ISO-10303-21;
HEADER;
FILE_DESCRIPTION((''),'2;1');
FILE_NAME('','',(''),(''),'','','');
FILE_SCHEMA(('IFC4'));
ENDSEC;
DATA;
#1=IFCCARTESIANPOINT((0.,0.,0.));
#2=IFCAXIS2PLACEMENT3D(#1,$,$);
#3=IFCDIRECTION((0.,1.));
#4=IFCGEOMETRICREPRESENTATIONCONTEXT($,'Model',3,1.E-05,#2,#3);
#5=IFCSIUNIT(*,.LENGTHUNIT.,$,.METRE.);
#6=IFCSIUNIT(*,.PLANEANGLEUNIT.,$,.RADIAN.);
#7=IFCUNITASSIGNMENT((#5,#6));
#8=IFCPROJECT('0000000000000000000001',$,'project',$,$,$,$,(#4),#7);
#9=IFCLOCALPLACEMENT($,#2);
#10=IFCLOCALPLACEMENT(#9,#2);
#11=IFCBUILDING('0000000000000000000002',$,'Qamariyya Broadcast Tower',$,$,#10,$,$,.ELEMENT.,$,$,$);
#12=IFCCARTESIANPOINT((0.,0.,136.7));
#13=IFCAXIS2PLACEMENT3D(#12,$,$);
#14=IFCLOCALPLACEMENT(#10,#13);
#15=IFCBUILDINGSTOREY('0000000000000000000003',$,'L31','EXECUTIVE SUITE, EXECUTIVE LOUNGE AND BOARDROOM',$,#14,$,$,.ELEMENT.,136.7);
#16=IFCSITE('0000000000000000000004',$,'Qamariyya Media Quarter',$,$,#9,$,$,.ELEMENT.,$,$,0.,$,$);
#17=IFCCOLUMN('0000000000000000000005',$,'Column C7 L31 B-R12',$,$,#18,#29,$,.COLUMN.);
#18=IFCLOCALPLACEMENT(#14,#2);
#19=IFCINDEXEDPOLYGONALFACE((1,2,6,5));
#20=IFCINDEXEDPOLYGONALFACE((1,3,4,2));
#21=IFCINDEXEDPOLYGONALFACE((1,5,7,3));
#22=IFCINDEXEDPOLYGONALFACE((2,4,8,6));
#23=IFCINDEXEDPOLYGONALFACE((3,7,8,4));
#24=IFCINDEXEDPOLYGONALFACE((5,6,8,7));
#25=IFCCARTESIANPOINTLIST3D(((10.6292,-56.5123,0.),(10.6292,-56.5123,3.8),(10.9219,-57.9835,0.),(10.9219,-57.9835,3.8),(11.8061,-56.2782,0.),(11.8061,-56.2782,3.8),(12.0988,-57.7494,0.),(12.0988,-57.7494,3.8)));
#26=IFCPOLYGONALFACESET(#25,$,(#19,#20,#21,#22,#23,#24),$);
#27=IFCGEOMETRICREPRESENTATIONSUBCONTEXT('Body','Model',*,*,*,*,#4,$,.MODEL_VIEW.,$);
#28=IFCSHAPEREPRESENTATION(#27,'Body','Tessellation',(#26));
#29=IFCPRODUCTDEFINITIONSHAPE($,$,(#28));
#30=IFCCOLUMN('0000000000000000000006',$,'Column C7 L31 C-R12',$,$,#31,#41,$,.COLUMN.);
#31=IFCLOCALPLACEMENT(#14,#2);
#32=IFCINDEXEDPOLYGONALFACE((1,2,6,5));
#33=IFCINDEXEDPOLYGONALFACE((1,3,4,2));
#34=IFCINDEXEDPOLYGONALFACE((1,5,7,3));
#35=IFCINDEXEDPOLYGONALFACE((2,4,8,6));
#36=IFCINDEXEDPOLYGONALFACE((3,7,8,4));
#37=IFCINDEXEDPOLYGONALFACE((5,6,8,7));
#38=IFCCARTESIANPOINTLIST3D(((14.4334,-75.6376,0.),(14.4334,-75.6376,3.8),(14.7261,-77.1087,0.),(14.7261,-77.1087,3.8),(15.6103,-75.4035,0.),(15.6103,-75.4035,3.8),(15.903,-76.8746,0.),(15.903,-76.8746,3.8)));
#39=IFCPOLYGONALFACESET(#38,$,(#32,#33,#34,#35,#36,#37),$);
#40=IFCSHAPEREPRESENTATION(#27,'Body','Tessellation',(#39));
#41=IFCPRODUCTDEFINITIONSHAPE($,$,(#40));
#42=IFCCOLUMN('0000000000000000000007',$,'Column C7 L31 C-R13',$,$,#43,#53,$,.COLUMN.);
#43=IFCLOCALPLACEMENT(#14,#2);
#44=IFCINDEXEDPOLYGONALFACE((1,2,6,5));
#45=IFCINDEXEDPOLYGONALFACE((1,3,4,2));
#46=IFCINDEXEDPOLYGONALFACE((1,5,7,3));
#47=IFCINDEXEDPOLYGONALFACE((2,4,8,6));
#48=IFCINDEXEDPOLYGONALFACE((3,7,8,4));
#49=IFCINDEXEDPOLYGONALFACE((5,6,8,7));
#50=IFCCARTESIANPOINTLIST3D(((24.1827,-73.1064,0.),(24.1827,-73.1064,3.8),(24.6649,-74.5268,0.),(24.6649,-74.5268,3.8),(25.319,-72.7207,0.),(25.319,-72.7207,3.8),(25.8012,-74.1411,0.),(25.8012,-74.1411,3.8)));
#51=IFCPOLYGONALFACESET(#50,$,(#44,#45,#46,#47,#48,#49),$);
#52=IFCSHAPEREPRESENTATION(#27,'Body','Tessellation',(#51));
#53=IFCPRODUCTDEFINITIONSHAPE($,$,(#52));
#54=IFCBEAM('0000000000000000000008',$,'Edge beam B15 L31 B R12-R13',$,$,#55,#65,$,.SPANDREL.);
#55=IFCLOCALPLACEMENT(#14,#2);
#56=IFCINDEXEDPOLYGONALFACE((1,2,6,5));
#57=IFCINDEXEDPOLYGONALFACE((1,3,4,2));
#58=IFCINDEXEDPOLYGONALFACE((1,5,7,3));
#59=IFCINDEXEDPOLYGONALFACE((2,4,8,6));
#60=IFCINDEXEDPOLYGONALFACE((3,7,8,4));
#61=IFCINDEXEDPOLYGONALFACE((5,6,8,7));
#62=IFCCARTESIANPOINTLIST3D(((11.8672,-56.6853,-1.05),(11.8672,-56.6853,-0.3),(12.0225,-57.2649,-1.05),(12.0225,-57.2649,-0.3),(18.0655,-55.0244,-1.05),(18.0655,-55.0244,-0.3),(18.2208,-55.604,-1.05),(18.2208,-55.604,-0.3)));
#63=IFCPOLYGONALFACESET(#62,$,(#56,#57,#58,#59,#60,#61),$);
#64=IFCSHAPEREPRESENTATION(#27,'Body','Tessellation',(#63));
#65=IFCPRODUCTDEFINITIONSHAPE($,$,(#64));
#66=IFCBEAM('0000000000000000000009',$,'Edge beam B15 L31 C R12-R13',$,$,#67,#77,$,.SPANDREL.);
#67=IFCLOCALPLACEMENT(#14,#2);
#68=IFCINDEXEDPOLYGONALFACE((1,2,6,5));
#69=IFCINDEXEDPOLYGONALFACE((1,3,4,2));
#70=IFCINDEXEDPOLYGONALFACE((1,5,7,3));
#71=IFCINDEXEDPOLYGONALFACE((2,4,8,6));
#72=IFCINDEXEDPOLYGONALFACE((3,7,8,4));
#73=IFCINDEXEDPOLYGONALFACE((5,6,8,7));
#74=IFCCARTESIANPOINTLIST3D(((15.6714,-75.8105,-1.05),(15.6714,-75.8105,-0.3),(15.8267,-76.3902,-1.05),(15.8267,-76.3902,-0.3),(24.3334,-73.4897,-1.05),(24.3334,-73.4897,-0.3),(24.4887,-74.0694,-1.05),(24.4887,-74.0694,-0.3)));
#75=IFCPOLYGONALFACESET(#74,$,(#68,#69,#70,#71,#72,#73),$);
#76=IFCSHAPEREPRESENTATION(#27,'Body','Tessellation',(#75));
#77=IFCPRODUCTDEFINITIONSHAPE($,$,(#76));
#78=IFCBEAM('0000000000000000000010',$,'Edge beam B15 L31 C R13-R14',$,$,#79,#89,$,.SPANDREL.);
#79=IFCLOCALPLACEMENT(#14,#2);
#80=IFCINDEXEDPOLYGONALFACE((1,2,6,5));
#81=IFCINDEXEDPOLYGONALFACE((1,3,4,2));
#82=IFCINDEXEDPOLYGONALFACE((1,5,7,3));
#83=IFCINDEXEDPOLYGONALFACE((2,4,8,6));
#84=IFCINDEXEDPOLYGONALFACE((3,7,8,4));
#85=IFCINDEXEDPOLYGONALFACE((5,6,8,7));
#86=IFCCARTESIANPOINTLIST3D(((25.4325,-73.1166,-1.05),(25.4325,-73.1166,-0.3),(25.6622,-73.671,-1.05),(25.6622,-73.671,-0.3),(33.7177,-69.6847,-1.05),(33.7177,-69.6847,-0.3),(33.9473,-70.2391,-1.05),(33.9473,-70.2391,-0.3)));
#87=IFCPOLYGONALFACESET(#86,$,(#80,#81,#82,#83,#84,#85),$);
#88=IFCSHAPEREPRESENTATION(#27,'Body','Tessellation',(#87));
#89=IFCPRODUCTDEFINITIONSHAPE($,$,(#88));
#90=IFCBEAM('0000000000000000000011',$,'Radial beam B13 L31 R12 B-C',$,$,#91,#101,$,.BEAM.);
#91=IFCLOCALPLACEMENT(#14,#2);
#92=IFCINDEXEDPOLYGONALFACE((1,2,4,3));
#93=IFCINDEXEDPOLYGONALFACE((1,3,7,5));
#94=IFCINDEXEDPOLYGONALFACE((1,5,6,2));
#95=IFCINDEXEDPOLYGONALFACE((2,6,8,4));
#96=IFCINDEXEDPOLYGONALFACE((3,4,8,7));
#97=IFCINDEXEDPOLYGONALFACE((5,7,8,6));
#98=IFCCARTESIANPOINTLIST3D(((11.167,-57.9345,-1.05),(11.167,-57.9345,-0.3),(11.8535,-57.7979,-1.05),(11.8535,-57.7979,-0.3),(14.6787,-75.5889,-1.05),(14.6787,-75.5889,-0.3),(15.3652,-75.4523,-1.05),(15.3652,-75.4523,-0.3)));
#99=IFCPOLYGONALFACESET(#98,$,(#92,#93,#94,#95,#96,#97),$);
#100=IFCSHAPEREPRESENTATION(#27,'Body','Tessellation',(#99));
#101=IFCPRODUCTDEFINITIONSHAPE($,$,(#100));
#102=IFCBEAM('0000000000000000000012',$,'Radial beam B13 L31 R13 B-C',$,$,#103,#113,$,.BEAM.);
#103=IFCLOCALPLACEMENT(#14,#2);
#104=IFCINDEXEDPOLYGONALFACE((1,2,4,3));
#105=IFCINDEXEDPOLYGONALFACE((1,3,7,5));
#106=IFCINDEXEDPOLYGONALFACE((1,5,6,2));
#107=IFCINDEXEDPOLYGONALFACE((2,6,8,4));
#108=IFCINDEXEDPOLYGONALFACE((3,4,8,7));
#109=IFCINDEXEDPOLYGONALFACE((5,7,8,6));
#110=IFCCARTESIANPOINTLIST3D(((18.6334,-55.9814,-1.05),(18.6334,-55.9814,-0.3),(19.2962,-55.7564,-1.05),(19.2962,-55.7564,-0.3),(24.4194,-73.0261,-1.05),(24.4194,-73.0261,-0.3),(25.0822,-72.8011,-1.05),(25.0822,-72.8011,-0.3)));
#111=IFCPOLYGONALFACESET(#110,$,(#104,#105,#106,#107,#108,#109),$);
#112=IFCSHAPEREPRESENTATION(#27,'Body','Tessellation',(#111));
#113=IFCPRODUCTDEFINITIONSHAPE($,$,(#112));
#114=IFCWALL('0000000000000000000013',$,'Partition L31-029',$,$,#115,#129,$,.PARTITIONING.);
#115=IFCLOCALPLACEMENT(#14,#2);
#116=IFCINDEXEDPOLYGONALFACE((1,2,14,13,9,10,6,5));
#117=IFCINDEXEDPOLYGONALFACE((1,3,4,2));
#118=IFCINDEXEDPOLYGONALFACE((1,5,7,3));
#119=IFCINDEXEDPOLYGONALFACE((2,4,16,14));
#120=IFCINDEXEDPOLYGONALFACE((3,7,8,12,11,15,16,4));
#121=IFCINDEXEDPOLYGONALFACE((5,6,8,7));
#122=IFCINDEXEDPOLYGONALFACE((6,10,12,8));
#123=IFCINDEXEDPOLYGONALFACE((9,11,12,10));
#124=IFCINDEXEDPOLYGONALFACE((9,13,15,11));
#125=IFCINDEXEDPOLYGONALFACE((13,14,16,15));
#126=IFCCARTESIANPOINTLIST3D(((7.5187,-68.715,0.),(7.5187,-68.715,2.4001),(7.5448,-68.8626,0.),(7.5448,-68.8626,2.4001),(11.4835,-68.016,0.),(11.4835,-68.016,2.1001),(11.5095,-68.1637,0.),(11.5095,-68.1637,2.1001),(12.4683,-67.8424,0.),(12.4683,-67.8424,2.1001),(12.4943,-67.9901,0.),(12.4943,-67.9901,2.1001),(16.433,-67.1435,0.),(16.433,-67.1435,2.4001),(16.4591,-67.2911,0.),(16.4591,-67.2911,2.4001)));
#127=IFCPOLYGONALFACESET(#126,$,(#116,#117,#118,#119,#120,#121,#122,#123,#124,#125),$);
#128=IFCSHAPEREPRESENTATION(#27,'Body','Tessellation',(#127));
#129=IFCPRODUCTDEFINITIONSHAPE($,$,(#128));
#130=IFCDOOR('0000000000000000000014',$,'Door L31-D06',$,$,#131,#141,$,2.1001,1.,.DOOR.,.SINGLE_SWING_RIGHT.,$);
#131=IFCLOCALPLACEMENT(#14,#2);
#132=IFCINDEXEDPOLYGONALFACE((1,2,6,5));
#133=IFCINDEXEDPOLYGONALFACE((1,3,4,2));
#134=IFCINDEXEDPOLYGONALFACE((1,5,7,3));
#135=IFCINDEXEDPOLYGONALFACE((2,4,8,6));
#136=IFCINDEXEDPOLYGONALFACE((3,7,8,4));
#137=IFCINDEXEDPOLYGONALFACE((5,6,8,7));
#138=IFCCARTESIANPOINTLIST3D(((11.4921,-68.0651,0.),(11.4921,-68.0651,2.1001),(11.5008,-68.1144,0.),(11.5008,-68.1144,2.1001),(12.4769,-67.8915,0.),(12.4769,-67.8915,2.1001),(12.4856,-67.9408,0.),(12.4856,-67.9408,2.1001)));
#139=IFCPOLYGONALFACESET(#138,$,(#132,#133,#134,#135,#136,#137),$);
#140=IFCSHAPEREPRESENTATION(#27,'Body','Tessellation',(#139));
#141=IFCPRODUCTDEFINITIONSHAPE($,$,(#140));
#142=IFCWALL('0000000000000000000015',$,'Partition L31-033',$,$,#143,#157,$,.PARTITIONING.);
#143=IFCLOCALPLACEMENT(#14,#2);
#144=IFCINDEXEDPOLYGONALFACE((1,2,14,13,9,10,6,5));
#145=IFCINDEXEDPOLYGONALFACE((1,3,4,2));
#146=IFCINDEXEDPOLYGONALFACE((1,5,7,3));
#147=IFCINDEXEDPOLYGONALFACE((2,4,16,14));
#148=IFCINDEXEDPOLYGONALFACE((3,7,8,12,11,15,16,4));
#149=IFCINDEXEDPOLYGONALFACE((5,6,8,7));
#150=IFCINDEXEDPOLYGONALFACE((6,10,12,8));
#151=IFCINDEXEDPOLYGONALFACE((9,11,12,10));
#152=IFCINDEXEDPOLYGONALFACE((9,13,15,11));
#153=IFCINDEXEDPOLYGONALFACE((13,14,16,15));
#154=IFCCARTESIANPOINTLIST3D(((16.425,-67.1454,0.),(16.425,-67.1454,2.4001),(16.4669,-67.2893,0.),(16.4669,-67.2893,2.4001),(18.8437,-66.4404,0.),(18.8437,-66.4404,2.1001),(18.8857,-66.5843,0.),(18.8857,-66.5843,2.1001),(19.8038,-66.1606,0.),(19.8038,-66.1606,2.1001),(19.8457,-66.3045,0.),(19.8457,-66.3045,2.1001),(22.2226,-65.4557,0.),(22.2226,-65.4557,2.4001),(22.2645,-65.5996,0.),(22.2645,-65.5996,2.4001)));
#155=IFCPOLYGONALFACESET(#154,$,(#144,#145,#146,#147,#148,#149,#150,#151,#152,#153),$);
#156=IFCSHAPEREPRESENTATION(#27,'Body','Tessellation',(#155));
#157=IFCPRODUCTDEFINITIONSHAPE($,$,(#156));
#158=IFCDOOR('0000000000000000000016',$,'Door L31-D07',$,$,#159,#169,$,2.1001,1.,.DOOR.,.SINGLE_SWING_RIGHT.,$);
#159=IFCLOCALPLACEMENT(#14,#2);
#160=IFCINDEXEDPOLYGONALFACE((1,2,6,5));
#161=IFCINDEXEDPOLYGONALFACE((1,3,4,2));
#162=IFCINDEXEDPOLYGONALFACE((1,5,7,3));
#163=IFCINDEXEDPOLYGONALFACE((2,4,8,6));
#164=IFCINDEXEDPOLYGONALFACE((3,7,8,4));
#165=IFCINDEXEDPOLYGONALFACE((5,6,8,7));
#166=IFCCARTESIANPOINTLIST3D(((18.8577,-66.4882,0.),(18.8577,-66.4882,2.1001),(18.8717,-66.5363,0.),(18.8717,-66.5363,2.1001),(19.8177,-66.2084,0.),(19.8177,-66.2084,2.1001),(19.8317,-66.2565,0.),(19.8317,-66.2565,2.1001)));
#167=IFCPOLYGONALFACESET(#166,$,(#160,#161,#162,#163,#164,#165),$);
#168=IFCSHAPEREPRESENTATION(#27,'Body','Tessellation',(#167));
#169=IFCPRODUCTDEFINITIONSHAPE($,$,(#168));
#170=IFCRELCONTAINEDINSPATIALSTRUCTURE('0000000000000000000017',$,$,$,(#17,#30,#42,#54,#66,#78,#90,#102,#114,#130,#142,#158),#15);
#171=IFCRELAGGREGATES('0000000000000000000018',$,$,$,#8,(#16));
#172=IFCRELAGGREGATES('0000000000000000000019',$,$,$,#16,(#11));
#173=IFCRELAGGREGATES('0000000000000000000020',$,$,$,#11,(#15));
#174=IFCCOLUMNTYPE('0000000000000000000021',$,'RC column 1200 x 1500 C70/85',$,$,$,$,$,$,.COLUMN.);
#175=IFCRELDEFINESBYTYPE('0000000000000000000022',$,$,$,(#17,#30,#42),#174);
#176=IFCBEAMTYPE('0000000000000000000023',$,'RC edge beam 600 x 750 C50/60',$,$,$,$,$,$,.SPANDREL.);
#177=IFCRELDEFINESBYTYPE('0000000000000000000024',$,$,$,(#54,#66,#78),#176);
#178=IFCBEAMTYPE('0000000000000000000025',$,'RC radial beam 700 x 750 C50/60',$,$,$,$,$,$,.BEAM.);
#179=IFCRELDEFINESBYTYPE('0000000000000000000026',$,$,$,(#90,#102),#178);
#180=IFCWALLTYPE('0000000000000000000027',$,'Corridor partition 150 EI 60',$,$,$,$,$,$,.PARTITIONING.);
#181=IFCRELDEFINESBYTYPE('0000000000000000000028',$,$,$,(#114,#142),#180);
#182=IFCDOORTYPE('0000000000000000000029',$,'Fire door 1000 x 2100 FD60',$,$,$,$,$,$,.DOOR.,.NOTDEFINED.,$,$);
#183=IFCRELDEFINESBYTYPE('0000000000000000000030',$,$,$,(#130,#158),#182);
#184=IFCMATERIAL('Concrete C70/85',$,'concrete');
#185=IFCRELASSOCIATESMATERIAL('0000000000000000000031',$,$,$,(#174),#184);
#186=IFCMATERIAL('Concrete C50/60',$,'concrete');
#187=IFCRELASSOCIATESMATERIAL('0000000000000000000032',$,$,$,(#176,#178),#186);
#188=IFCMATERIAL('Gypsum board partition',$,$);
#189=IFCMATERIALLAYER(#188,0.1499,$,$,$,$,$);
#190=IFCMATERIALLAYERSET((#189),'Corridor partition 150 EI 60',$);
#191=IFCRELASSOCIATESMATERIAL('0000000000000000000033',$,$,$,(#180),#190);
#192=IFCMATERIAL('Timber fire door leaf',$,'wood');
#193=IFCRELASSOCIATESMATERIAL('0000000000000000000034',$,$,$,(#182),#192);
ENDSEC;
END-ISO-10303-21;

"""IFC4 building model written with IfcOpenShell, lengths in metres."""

from ifc_helpers import new_model, si_unit, direction, frame, frame_2d, origin, origin_2d, place, context, subcontext, project, spatial, rectangle, extrude, material, layer, layer_set, material_profile, profile_set, type_object, element, fill, save


model = new_model("IFC4")

# Units and contexts
model_context = context("Model", 3, precision=1e-05, world=origin(), true_north=direction((0.0, 1.0)))
body_context = subcontext(model_context, "Body", "Model", "MODEL_VIEW")
ifc_project = project(units=[si_unit("LENGTHUNIT", "METRE"), si_unit("PLANEANGLEUNIT", "RADIAN")], contexts=[model_context])

# Site, building, storey
site_placement = place(None, origin())
site = spatial("IfcSite", under=ifc_project, at=site_placement, Name="Qamariyya Media Quarter", CompositionType="ELEMENT", RefElevation=0.0)
building_placement = place(site_placement, origin())
building = spatial("IfcBuilding", under=site, at=building_placement, Name="Qamariyya Broadcast Tower", CompositionType="ELEMENT")
storey_placement = place(building_placement, frame((0.0, 0.0, 136.7)))
storey = spatial("IfcBuildingStorey", under=building, at=storey_placement, Name="L31", Description="EXECUTIVE SUITE, EXECUTIVE LOUNGE AND BOARDROOM", CompositionType="ELEMENT", Elevation=136.7)

# Columns
ifc_material_1 = material(Name="Concrete C70/85", Category="concrete")
ifc_material_profile_1 = material_profile(ifc_material_1, rectangle(XDim=1.2, YDim=1.5, at=origin_2d()))
ifc_profile_set_1 = profile_set([ifc_material_profile_1], Name="Concrete C70/85")
column_type = type_object("IfcColumnType", Name="RC column 1200 x 1500 C70/85", PredefinedType="COLUMN", material=ifc_profile_set_1)
for number, where, z_axis, x_axis, name in (
    (1, (11.364, -57.1309, 0.0), (0.0, 0.0, 1.0), (0.980785, 0.19509, 0.0), "Column C7 L31 B-R12"),
    (2, (15.1682, -76.2561, 0.0), (0.0, 0.0, 1.0), (0.980785, 0.19509, 0.0), "Column C7 L31 C-R12"),
    (3, (24.9919, -73.6238, 0.0), (0.0, 0.0, 1.0), (0.94693, 0.321439, 0.0), "Column C7 L31 C-R13"),
):
    element("IfcColumn", number, at=place(storey_placement, frame(where, z_axis=z_axis, x_axis=x_axis)), inside=storey, type_object=column_type, Name=name, PredefinedType="COLUMN", context=body_context, shape_type="SweptSolid", body=[
        extrude(rectangle(XDim=1.2, YDim=1.5, at=origin_2d()), origin(), (0.0, 0.0, 1.0), 3.8),
    ])

# Beams
ifc_material_2 = material(Name="Concrete C50/60", Category="concrete")
ifc_material_profile_2 = material_profile(ifc_material_2, rectangle(XDim=0.6001, YDim=0.75, at=origin_2d()))
ifc_profile_set_2 = profile_set([ifc_material_profile_2], Name="Concrete C50/60")
beam_type_1 = type_object("IfcBeamType", Name="RC edge beam 600 x 750 C50/60", PredefinedType="SPANDREL", material=ifc_profile_set_2)
beam_1_placement = place(storey_placement, frame((11.9448, -56.9751, -0.675), z_axis=(0.965923, 0.25883, 0.0), x_axis=(-0.25883, 0.965923, 0.0)))
element("IfcBeam", 4, at=beam_1_placement, inside=storey, type_object=beam_type_1, Name="Edge beam B15 L31 B R12-R13", PredefinedType="SPANDREL", context=body_context, shape_type="SweptSolid", body=[
    extrude(rectangle(XDim=0.6001, YDim=0.75, at=origin_2d()), origin(), (0.0, 0.0, 1.0), 6.417),
])
beam_2_placement = place(storey_placement, frame((15.749, -76.1003, -0.675), z_axis=(0.965932, 0.258798, 0.0), x_axis=(-0.258798, 0.965932, 0.0)))
element("IfcBeam", 5, at=beam_2_placement, inside=storey, type_object=beam_type_1, Name="Edge beam B15 L31 C R12-R13", PredefinedType="SPANDREL", context=body_context, shape_type="SweptSolid", body=[
    extrude(rectangle(XDim=0.6001, YDim=0.75, at=origin_2d()), origin(), (0.0, 0.0, 1.0), 8.9675),
])
beam_3_placement = place(storey_placement, frame((25.5474, -73.3938, -0.675), z_axis=(0.923877, 0.382689, 0.0), x_axis=(-0.382689, 0.923877, 0.0)))
element("IfcBeam", 6, at=beam_3_placement, inside=storey, type_object=beam_type_1, Name="Edge beam B15 L31 C R13-R14", PredefinedType="SPANDREL", context=body_context, shape_type="SweptSolid", body=[
    extrude(rectangle(XDim=0.6001, YDim=0.75, at=origin_2d()), origin(), (0.0, 0.0, 1.0), 8.9678),
])
ifc_material_profile_3 = material_profile(ifc_material_2, rectangle(XDim=0.7, YDim=0.75, at=origin_2d()))
ifc_profile_set_3 = profile_set([ifc_material_profile_3], Name="Concrete C50/60")
beam_type_2 = type_object("IfcBeamType", Name="RC radial beam 700 x 750 C50/60", PredefinedType="BEAM", material=ifc_profile_set_3)
beam_4_placement = place(storey_placement, frame((11.5103, -57.8662, -0.675), z_axis=(0.195094, -0.980785, 0.0), x_axis=(0.980785, 0.195094, 0.0)))
element("IfcBeam", 7, at=beam_4_placement, inside=storey, type_object=beam_type_2, Name="Radial beam B13 L31 R12 B-C", PredefinedType="BEAM", context=body_context, shape_type="SweptSolid", body=[
    extrude(rectangle(XDim=0.7, YDim=0.75, at=origin_2d()), origin(), (0.0, 0.0, 1.0), 18.0002),
])
beam_5_placement = place(storey_placement, frame((18.9648, -55.8689, -0.675), z_axis=(0.321439, -0.94693, 0.0), x_axis=(0.94693, 0.321439, 0.0)))
element("IfcBeam", 8, at=beam_5_placement, inside=storey, type_object=beam_type_2, Name="Radial beam B13 L31 R13 B-C", PredefinedType="BEAM", context=body_context, shape_type="SweptSolid", body=[
    extrude(rectangle(XDim=0.7, YDim=0.75, at=origin_2d()), origin(), (0.0, 0.0, 1.0), 18.0),
])

# Walls, openings, doors
ifc_material_3 = material(Name="Gypsum board partition")
ifc_layer_1 = layer(ifc_material_3, 0.1499)
ifc_layer_set_1 = layer_set([ifc_layer_1], Name="Corridor partition 150 EI 60")
wall_type_1 = type_object("IfcWallType", Name="Corridor partition 150 EI 60", PredefinedType="PARTITIONING", material=ifc_layer_set_1)
wall_1_placement = place(storey_placement, frame((16.446, -67.2173, 0.0), z_axis=(0.0, 0.0, 1.0), x_axis=(-0.984813, -0.173616, 0.0)))
wall_1 = element("IfcWall", 9, at=wall_1_placement, inside=storey, type_object=wall_type_1, Name="Partition L31-029", PredefinedType="PARTITIONING", context=body_context, shape_type="SweptSolid", body=[
    extrude(rectangle(XDim=9.0518, YDim=0.1499, at=frame_2d((4.5259, 0.0))), origin(), (0.0, 0.0, 1.0), 2.4001),
])
opening_1_placement = place(wall_1_placement, frame((4.0259, 0.0, 0.0)))
opening_1 = element("IfcOpeningElement", 10, at=opening_1_placement, cuts=wall_1, PredefinedType="OPENING", context=body_context, shape_type="SweptSolid", body=[
    extrude(rectangle(XDim=1.0, YDim=2.1001, at=frame_2d((0.5, 1.05))), frame((0.0, 0.085, 0.0), z_axis=(0.0, -1.0, 0.0), x_axis=(1.0, 0.0, 0.0)), (0.0, 0.0, 1.0), 0.1699),
])
ifc_material_4 = material(Name="Timber fire door leaf", Category="wood")
door_type = type_object("IfcDoorType", Name="Fire door 1000 x 2100 FD60", OperationType="NOTDEFINED", PredefinedType="DOOR", material=ifc_material_4)
door_1_placement = place(opening_1_placement, origin())
door_1 = element("IfcDoor", 11, at=door_1_placement, inside=storey, type_object=door_type, Name="Door L31-D06", OperationType="SINGLE_SWING_RIGHT", OverallHeight=2.1001, OverallWidth=1.0, PredefinedType="DOOR", context=body_context, shape_type="SweptSolid", body=[
    extrude(rectangle(XDim=1.0, YDim=2.1001, at=frame_2d((0.5, 1.05))), frame((0.0, 0.0249, 0.0), z_axis=(0.0, -1.0, 0.0), x_axis=(1.0, 0.0, 0.0)), (0.0, 0.0, 1.0), 0.05),
])
fill(opening_1, door_1)
wall_2_placement = place(storey_placement, frame((22.2437, -65.5276, 0.0), z_axis=(0.0, 0.0, 1.0), x_axis=(-0.960057, -0.279806, 0.0)))
wall_2 = element("IfcWall", 12, at=wall_2_placement, inside=storey, type_object=wall_type_1, Name="Partition L31-033", PredefinedType="PARTITIONING", context=body_context, shape_type="SweptSolid", body=[
    extrude(rectangle(XDim=6.0388, YDim=0.1499, at=frame_2d((3.0195, 0.0))), origin(), (0.0, 0.0, 1.0), 2.4001),
])
opening_2_placement = place(wall_2_placement, frame((2.5195, 0.0, 0.0)))
opening_2 = element("IfcOpeningElement", 13, at=opening_2_placement, cuts=wall_2, PredefinedType="OPENING", context=body_context, shape_type="SweptSolid", body=[
    extrude(rectangle(XDim=1.0, YDim=2.1001, at=frame_2d((0.5, 1.05))), frame((0.0, 0.085, 0.0), z_axis=(0.0, -1.0, 0.0), x_axis=(1.0, 0.0, 0.0)), (0.0, 0.0, 1.0), 0.1699),
])
door_2_placement = place(opening_2_placement, origin())
door_2 = element("IfcDoor", 14, at=door_2_placement, inside=storey, type_object=door_type, Name="Door L31-D07", OperationType="SINGLE_SWING_RIGHT", OverallHeight=2.1001, OverallWidth=1.0, PredefinedType="DOOR", context=body_context, shape_type="SweptSolid", body=[
    extrude(rectangle(XDim=1.0, YDim=2.1001, at=frame_2d((0.5, 1.05))), frame((0.0, 0.0249, 0.0), z_axis=(0.0, -1.0, 0.0), x_axis=(1.0, 0.0, 0.0)), (0.0, 0.0, 1.0), 0.05),
])
fill(opening_2, door_2)

save(model, "model.ifc")
